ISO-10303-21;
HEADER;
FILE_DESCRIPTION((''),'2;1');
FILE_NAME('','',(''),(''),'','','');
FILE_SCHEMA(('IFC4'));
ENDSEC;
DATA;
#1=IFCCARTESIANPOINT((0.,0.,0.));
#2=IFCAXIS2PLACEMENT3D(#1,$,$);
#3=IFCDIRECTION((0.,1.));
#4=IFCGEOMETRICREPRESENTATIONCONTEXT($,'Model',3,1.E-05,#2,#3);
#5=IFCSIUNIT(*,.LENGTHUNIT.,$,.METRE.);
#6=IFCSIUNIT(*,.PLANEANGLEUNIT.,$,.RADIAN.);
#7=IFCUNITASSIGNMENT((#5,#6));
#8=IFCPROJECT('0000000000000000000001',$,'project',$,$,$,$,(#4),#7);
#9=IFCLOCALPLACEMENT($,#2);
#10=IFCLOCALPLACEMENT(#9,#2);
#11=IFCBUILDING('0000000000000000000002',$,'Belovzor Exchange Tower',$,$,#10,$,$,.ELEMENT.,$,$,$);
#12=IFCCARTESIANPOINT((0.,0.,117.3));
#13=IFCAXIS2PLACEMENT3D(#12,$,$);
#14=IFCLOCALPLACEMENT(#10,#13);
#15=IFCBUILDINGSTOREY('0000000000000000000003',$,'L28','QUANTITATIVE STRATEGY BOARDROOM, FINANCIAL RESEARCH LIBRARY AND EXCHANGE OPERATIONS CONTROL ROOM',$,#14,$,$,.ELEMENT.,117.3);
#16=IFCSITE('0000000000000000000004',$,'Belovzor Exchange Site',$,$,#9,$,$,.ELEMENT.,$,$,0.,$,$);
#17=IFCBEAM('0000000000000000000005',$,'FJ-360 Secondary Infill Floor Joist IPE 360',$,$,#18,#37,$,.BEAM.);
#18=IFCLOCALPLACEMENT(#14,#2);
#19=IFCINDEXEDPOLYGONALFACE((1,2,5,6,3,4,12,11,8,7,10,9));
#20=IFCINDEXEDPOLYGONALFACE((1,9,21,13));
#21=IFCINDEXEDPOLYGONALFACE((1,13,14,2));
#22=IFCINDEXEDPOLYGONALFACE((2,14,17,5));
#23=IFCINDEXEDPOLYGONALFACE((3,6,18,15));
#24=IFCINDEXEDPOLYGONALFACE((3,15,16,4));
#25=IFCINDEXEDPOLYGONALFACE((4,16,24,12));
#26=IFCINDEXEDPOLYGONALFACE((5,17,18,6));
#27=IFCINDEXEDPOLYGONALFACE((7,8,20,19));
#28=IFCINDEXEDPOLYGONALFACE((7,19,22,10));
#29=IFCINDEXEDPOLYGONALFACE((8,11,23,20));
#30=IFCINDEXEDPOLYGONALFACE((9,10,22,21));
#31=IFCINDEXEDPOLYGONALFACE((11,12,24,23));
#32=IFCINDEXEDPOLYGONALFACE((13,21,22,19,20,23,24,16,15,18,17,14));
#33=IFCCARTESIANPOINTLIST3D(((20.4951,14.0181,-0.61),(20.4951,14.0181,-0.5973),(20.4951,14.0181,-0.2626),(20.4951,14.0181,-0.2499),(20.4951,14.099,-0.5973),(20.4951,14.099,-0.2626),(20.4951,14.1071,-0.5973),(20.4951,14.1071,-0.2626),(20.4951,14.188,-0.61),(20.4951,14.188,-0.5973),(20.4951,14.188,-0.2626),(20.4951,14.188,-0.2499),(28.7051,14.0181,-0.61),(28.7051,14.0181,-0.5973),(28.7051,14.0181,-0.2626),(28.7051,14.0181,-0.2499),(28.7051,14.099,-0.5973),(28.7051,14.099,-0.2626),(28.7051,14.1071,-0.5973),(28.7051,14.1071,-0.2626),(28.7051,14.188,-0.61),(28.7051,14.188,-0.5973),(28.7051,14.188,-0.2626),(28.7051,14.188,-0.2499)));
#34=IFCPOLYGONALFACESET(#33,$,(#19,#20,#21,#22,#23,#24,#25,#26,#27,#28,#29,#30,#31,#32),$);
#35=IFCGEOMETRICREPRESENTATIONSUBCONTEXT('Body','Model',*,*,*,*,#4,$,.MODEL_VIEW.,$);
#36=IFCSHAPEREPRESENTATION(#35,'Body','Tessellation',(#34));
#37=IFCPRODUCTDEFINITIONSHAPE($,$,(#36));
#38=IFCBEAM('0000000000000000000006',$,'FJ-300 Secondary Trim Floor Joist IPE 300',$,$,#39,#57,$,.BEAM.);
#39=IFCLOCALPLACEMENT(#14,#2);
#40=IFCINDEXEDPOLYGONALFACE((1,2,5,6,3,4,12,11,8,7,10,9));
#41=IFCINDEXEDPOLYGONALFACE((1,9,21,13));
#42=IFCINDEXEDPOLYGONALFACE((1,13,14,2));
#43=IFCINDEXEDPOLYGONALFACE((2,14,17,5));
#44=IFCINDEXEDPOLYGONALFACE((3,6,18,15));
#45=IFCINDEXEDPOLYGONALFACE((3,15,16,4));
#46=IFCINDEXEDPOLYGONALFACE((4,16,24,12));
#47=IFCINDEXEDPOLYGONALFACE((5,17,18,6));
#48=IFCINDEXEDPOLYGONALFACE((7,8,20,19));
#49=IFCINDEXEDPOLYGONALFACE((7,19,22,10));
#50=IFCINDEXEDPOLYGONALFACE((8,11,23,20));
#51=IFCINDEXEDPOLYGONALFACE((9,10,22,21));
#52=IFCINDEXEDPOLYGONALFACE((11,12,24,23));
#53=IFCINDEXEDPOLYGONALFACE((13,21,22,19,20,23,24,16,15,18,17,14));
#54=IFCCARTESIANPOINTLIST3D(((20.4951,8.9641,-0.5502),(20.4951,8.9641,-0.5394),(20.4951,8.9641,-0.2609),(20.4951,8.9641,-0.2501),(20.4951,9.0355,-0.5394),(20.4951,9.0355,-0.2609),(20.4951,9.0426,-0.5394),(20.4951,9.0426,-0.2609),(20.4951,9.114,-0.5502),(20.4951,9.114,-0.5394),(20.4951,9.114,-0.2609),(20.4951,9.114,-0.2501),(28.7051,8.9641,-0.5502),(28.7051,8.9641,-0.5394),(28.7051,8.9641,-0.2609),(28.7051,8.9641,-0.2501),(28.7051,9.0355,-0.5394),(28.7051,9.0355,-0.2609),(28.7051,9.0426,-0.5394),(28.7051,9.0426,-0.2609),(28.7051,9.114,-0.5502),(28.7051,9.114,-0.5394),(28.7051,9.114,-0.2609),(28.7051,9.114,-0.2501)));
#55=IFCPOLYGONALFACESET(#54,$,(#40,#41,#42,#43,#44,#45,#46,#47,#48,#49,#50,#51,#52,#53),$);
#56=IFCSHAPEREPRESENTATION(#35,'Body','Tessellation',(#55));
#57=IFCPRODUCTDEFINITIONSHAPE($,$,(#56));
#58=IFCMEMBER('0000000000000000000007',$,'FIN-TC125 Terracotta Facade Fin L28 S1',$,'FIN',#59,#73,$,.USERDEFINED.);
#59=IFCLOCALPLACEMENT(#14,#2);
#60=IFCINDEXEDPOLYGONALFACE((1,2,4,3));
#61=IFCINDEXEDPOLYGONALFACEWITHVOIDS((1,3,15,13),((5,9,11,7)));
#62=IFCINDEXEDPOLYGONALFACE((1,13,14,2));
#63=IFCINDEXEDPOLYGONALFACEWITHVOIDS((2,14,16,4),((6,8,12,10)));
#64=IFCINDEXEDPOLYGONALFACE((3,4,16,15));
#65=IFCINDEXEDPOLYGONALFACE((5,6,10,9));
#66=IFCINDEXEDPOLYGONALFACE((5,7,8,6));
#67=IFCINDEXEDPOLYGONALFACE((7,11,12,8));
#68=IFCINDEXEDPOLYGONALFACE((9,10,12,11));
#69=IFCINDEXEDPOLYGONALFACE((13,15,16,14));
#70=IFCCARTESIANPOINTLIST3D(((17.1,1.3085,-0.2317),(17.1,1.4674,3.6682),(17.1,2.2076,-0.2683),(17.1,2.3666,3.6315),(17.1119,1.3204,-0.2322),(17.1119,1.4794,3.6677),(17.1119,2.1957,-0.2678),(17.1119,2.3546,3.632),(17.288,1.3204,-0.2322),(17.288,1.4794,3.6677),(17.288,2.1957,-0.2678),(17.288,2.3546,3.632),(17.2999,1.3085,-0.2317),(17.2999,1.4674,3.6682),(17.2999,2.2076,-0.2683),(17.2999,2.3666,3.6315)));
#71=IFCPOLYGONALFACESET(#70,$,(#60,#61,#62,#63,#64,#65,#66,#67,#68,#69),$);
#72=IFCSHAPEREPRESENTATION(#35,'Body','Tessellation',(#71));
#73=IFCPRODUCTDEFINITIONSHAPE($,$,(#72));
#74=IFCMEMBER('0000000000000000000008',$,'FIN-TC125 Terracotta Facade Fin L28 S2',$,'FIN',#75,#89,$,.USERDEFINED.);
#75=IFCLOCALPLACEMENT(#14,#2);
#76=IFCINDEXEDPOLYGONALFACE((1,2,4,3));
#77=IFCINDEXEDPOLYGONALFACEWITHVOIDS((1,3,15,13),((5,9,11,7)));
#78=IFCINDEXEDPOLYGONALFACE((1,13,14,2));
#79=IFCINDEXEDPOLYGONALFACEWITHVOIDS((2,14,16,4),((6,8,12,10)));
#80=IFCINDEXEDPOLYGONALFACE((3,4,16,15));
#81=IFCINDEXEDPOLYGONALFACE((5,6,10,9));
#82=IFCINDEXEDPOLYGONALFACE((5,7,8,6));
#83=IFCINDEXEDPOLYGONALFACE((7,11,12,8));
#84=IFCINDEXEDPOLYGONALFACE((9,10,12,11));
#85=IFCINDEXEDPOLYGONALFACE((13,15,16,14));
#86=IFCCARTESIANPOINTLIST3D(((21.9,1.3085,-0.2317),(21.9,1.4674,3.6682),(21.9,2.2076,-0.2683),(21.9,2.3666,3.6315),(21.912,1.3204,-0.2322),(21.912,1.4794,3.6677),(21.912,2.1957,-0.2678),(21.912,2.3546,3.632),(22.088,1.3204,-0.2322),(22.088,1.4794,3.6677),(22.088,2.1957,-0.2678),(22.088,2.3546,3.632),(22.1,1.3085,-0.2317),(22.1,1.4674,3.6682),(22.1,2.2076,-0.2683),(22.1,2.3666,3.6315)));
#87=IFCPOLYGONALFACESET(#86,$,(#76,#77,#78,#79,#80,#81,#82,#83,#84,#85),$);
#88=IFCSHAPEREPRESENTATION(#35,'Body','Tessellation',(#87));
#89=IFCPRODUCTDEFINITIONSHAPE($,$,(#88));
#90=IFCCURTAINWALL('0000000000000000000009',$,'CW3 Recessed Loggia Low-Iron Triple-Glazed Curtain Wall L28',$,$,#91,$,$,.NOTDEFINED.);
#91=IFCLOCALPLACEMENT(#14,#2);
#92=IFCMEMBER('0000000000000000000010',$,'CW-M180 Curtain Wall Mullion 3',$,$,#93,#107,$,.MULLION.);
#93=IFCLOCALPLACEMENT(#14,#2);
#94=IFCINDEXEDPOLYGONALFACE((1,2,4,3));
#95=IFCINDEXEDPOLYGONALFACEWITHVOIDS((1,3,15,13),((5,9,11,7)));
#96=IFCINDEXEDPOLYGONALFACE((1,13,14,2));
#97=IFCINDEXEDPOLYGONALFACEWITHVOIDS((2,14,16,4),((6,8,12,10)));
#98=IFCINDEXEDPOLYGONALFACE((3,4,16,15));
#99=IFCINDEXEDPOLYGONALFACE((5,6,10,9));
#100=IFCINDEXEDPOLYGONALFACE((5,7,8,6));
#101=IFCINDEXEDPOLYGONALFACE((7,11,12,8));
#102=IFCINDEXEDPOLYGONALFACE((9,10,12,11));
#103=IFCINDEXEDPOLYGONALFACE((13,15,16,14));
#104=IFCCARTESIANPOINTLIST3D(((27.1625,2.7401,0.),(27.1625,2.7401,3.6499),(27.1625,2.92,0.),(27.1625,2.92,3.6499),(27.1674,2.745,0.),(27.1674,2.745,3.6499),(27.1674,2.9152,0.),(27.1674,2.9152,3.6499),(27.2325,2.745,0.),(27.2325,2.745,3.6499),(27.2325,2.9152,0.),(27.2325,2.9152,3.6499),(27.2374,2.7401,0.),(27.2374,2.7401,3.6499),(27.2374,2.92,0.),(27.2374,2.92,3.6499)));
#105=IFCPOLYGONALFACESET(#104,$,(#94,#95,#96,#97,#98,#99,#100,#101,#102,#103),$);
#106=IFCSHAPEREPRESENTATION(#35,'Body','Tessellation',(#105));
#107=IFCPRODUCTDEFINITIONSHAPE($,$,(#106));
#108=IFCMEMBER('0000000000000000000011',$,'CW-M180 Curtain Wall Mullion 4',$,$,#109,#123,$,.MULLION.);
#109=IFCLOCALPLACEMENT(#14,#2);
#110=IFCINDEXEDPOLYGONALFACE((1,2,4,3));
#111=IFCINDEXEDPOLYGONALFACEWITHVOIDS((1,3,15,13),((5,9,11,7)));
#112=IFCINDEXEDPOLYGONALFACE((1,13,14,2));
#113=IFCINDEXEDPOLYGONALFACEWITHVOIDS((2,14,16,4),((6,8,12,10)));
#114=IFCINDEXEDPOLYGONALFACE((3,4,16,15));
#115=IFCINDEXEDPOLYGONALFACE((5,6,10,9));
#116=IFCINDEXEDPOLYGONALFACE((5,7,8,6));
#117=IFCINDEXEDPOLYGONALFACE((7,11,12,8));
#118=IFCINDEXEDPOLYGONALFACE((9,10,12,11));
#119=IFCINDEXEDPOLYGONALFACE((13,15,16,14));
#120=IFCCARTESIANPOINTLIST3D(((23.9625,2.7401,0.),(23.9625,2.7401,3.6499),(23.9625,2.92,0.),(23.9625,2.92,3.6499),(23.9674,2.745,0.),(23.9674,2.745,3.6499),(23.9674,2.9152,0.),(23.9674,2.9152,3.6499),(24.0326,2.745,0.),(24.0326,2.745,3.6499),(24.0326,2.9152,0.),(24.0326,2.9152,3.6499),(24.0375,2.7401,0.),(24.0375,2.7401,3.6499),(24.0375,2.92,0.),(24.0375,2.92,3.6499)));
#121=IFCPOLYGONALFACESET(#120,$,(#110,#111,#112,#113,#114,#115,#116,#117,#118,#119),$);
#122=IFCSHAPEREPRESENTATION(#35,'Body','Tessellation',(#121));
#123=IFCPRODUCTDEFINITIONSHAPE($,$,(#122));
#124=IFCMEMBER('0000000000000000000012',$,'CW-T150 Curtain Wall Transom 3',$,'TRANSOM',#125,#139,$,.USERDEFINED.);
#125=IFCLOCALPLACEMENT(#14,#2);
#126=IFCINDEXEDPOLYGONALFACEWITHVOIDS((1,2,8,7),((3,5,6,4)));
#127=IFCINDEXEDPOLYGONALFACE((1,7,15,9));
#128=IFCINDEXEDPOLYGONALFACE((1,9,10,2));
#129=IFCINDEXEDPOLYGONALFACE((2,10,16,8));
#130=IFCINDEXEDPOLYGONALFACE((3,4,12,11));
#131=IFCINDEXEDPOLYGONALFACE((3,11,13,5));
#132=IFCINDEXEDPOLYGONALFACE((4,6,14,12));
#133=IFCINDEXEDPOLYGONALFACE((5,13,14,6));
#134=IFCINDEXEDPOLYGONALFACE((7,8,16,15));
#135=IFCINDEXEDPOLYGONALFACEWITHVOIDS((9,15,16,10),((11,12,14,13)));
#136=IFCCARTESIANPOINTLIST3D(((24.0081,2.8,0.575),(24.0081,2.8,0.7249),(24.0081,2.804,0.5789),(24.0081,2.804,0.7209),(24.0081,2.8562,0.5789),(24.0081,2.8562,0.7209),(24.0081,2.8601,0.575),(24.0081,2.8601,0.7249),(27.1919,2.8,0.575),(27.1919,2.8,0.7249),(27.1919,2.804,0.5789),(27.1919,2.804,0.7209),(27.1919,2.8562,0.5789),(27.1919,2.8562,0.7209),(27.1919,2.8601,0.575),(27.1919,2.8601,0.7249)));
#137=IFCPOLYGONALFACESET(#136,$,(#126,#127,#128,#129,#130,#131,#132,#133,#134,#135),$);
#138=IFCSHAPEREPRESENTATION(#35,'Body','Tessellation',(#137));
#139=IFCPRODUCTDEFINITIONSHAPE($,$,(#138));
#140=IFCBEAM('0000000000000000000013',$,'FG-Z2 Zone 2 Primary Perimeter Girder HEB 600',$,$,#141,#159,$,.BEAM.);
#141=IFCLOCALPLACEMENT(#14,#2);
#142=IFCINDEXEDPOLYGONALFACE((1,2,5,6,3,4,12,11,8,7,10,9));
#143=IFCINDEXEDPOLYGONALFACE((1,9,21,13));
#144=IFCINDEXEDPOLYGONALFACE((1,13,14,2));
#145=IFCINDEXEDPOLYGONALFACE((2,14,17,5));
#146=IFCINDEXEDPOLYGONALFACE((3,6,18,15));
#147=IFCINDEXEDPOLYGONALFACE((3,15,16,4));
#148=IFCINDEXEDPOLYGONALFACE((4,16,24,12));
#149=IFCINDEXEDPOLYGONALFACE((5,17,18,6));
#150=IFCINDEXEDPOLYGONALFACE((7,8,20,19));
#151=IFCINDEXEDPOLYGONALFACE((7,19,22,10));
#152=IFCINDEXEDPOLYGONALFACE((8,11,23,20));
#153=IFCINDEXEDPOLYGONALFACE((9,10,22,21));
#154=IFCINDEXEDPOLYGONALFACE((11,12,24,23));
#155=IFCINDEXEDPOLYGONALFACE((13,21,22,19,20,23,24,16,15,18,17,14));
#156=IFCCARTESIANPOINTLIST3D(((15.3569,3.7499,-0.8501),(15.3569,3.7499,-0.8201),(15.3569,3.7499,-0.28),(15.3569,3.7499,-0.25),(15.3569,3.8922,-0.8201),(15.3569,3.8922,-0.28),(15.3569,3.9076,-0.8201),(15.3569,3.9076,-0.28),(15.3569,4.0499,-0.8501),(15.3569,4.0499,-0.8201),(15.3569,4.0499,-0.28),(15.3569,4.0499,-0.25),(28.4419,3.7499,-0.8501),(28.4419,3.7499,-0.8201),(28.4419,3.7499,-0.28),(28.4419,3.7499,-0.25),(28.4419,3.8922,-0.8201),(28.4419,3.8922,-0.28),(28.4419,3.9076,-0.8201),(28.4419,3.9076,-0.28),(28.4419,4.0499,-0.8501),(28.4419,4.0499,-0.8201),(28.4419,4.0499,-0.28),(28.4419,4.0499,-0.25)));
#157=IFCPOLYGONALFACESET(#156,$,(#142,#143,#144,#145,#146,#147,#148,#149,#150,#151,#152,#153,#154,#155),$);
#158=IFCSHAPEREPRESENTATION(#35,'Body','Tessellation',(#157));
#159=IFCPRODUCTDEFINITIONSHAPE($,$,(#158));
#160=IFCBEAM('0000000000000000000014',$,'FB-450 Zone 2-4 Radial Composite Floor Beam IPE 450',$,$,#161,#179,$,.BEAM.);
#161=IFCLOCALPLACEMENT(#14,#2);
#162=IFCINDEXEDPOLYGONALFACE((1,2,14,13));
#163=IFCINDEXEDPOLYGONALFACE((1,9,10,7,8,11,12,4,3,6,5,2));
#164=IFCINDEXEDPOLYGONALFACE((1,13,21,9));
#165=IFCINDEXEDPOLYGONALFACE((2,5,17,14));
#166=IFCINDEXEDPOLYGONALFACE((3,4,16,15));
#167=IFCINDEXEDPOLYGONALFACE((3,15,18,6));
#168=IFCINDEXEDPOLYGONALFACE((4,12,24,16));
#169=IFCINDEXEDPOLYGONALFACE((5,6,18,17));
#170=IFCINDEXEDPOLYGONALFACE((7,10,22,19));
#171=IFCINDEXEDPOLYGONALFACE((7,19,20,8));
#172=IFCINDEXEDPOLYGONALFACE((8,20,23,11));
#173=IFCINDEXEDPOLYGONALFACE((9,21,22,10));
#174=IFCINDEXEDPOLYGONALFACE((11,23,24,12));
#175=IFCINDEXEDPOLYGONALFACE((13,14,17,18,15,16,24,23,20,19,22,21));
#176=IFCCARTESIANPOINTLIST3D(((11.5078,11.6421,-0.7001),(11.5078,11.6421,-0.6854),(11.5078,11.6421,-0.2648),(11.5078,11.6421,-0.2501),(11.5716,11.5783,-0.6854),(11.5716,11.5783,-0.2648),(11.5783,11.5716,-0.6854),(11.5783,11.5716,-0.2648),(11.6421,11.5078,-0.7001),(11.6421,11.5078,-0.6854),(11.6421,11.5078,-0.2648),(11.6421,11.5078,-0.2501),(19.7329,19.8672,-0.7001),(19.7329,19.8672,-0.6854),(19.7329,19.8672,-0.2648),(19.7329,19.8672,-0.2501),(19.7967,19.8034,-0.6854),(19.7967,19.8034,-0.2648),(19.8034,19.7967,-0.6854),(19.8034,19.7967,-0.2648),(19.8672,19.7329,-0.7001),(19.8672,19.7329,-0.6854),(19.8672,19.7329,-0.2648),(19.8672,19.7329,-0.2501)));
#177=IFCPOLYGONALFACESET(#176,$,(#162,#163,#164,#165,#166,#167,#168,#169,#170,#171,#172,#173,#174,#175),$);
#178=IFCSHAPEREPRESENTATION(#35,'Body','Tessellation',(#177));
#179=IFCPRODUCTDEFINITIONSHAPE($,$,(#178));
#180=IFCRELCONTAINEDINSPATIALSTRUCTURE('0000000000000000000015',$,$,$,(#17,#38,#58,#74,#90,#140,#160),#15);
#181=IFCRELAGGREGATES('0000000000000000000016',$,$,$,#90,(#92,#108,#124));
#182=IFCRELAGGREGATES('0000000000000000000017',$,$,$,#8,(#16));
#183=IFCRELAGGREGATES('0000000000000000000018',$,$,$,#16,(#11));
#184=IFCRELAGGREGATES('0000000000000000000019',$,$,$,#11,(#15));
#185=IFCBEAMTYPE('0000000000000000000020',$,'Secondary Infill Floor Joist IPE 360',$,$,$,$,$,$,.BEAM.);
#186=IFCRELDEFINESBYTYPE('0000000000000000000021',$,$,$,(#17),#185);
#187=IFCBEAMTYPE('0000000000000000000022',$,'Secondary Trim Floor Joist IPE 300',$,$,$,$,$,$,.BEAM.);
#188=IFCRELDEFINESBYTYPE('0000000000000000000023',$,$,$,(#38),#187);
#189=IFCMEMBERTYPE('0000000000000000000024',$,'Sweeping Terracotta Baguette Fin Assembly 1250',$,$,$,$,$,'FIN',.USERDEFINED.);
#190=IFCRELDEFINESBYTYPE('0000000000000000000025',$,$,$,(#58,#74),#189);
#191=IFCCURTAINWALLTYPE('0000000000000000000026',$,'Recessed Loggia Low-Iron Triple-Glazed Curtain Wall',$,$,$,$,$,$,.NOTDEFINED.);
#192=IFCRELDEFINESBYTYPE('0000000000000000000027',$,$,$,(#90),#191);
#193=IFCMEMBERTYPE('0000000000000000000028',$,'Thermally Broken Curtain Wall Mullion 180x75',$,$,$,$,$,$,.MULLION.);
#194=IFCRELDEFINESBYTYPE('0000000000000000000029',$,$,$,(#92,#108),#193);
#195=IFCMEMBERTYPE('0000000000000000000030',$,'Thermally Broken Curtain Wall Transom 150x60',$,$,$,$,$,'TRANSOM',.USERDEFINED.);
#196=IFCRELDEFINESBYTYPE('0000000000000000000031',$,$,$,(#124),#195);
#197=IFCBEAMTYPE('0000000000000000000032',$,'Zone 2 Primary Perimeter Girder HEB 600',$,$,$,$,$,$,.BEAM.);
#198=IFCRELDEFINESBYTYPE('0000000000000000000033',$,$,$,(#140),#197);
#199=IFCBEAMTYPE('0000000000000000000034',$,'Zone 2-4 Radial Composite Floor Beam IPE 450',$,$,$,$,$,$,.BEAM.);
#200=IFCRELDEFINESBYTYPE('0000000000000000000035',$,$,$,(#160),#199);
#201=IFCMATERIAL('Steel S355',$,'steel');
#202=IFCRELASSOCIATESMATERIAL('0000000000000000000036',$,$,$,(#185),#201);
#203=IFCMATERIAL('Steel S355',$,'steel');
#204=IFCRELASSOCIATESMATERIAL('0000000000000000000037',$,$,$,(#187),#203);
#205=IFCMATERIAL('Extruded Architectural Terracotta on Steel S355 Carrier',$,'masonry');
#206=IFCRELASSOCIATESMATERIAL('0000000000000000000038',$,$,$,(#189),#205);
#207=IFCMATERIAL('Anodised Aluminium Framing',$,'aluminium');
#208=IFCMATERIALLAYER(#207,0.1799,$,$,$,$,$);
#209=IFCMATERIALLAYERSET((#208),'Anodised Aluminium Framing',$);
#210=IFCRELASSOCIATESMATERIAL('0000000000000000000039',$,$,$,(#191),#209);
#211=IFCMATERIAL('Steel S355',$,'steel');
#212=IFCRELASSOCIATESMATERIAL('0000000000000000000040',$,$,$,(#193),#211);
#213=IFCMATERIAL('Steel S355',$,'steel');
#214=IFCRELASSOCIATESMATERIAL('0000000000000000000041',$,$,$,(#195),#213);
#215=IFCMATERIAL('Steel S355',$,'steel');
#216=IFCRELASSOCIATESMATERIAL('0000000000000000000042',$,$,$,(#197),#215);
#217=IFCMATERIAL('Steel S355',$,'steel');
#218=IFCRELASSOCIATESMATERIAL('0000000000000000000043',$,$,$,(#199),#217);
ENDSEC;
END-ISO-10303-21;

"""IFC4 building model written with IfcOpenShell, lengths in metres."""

from ifc_helpers import new_model, si_unit, direction, frame, origin, origin_2d, place, context, subcontext, project, spatial, hollow_rectangle, i_section, extrude, material, layer, layer_set, material_profile, profile_set, type_object, element, aggregate, save


model = new_model("IFC4")

# Units and contexts
model_context = context("Model", 3, precision=1e-05, world=origin(), true_north=direction((0.0, 1.0)))
body_context = subcontext(model_context, "Body", "Model", "MODEL_VIEW")
ifc_project = project(units=[si_unit("LENGTHUNIT", "METRE"), si_unit("PLANEANGLEUNIT", "RADIAN")], contexts=[model_context])

# Site, building, storey
site_placement = place(None, origin())
site = spatial("IfcSite", under=ifc_project, at=site_placement, Name="Belovzor Exchange Site", CompositionType="ELEMENT", RefElevation=0.0)
building_placement = place(site_placement, origin())
building = spatial("IfcBuilding", under=site, at=building_placement, Name="Belovzor Exchange Tower", CompositionType="ELEMENT")
storey_placement = place(building_placement, frame((0.0, 0.0, 117.3)))
storey = spatial("IfcBuildingStorey", under=building, at=storey_placement, Name="L28", Description="QUANTITATIVE STRATEGY BOARDROOM, FINANCIAL RESEARCH LIBRARY AND EXCHANGE OPERATIONS CONTROL ROOM", CompositionType="ELEMENT", Elevation=117.3)

# Beams
ifc_material_1 = material(Name="Steel S355", Category="steel")
ifc_material_profile_1 = material_profile(ifc_material_1, i_section(OverallWidth=0.1699, OverallDepth=0.3601, WebThickness=0.0081, FlangeThickness=0.0127, at=origin_2d()))
ifc_profile_set_1 = profile_set([ifc_material_profile_1], Name="Steel S355")
beam_type_1 = type_object("IfcBeamType", Name="Secondary Infill Floor Joist IPE 360", PredefinedType="BEAM", material=ifc_profile_set_1)
beam_1_placement = place(storey_placement, frame((20.4951, 14.103, -0.4299), z_axis=(1.0, 0.0, 0.0), x_axis=(0.0, 1.0, 0.0)))
element("IfcBeam", 1, at=beam_1_placement, inside=storey, type_object=beam_type_1, Name="FJ-360 Secondary Infill Floor Joist IPE 360", PredefinedType="BEAM", context=body_context, shape_type="SweptSolid", body=[
    extrude(i_section(OverallWidth=0.1699, OverallDepth=0.3601, WebThickness=0.0081, FlangeThickness=0.0127, at=origin_2d()), origin(), (0.0, 0.0, 1.0), 8.21),
])
ifc_material_2 = material(Name="Steel S355", Category="steel")
ifc_material_profile_2 = material_profile(ifc_material_2, i_section(OverallWidth=0.1499, OverallDepth=0.3, WebThickness=0.0071, FlangeThickness=0.0107, at=origin_2d()))
ifc_profile_set_2 = profile_set([ifc_material_profile_2], Name="Steel S355")
beam_type_2 = type_object("IfcBeamType", Name="Secondary Trim Floor Joist IPE 300", PredefinedType="BEAM", material=ifc_profile_set_2)
beam_2_placement = place(storey_placement, frame((20.4951, 9.0391, -0.4001), z_axis=(1.0, 0.0, 0.0), x_axis=(0.0, 1.0, 0.0)))
element("IfcBeam", 2, at=beam_2_placement, inside=storey, type_object=beam_type_2, Name="FJ-300 Secondary Trim Floor Joist IPE 300", PredefinedType="BEAM", context=body_context, shape_type="SweptSolid", body=[
    extrude(i_section(OverallWidth=0.1499, OverallDepth=0.3, WebThickness=0.0071, FlangeThickness=0.0107, at=origin_2d()), origin(), (0.0, 0.0, 1.0), 8.21),
])

# Members
ifc_material_3 = material(Name="Extruded Architectural Terracotta on Steel S355 Carrier", Category="masonry")
ifc_material_profile_3 = material_profile(ifc_material_3, hollow_rectangle(XDim=0.2, YDim=0.8999, WallThickness=0.012, at=origin_2d()))
ifc_profile_set_3 = profile_set([ifc_material_profile_3], Name="Extruded Architectural Terracotta on Steel S355 Carrier")
member_type_1 = type_object("IfcMemberType", Name="Sweeping Terracotta Baguette Fin Assembly 1250", ElementType="FIN", PredefinedType="USERDEFINED", material=ifc_profile_set_3)
for number, where, z_axis, x_axis, name in (
    (3, (17.2, 1.7581, -0.25), (0.0, 0.04072, 0.999171), (-1.0, 0.0, 0.0), "FIN-TC125 Terracotta Facade Fin L28 S1"),
    (4, (22.0, 1.7581, -0.25), (0.0, 0.04072, 0.999171), (-1.0, 0.0, 0.0), "FIN-TC125 Terracotta Facade Fin L28 S2"),
):
    element("IfcMember", number, at=place(storey_placement, frame(where, z_axis=z_axis, x_axis=x_axis)), inside=storey, type_object=member_type_1, Name=name, ObjectType="FIN", PredefinedType="USERDEFINED", context=body_context, shape_type="SweptSolid", body=[
        extrude(hollow_rectangle(XDim=0.2, YDim=0.8999, WallThickness=0.012, at=origin_2d()), origin(), (0.0, 0.0, 1.0), 3.9031),
    ])

# Curtain wall, members
ifc_material_4 = material(Name="Anodised Aluminium Framing", Category="aluminium")
ifc_layer_1 = layer(ifc_material_4, 0.1799)
ifc_layer_set_1 = layer_set([ifc_layer_1], Name="Anodised Aluminium Framing")
curtain_wall_type = type_object("IfcCurtainWallType", Name="Recessed Loggia Low-Iron Triple-Glazed Curtain Wall", PredefinedType="NOTDEFINED", material=ifc_layer_set_1)
curtain_wall_placement = place(storey_placement, origin())
curtain_wall = element("IfcCurtainWall", 5, at=curtain_wall_placement, inside=storey, type_object=curtain_wall_type, Name="CW3 Recessed Loggia Low-Iron Triple-Glazed Curtain Wall L28", PredefinedType="NOTDEFINED")
ifc_material_5 = material(Name="Steel S355", Category="steel")
ifc_material_profile_4 = material_profile(ifc_material_5, hollow_rectangle(XDim=0.075, YDim=0.1799, WallThickness=0.0049, at=origin_2d()))
ifc_profile_set_4 = profile_set([ifc_material_profile_4], Name="Steel S355")
member_type_2 = type_object("IfcMemberType", Name="Thermally Broken Curtain Wall Mullion 180x75", PredefinedType="MULLION", material=ifc_profile_set_4)
member_1_placement = place(storey_placement, frame((27.2, 2.8301, 0.0), z_axis=(0.0, 0.0, 1.0), x_axis=(-1.0, 0.0, 0.0)))
member_1 = element("IfcMember", 6, at=member_1_placement, type_object=member_type_2, Name="CW-M180 Curtain Wall Mullion 3", PredefinedType="MULLION", context=body_context, shape_type="SweptSolid", body=[
    extrude(hollow_rectangle(XDim=0.075, YDim=0.1799, WallThickness=0.0049, at=origin_2d()), origin(), (0.0, 0.0, 1.0), 3.6499),
])
member_2_placement = place(storey_placement, frame((24.0, 2.8301, 0.0), z_axis=(0.0, 0.0, 1.0), x_axis=(-1.0, 0.0, 0.0)))
member_2 = element("IfcMember", 7, at=member_2_placement, type_object=member_type_2, Name="CW-M180 Curtain Wall Mullion 4", PredefinedType="MULLION", context=body_context, shape_type="SweptSolid", body=[
    extrude(hollow_rectangle(XDim=0.075, YDim=0.1799, WallThickness=0.0049, at=origin_2d()), origin(), (0.0, 0.0, 1.0), 3.6499),
])
ifc_material_6 = material(Name="Steel S355", Category="steel")
ifc_material_profile_5 = material_profile(ifc_material_6, hollow_rectangle(XDim=0.0601, YDim=0.1499, WallThickness=0.0039, at=origin_2d()))
ifc_profile_set_5 = profile_set([ifc_material_profile_5], Name="Steel S355")
member_type_3 = type_object("IfcMemberType", Name="Thermally Broken Curtain Wall Transom 150x60", ElementType="TRANSOM", PredefinedType="USERDEFINED", material=ifc_profile_set_5)
member_3_placement = place(storey_placement, frame((27.1919, 2.8301, 0.6499), z_axis=(-1.0, 0.0, 0.0), x_axis=(0.0, -1.0, 0.0)))
member_3 = element("IfcMember", 8, at=member_3_placement, type_object=member_type_3, Name="CW-T150 Curtain Wall Transom 3", ObjectType="TRANSOM", PredefinedType="USERDEFINED", context=body_context, shape_type="SweptSolid", body=[
    extrude(hollow_rectangle(XDim=0.0601, YDim=0.1499, WallThickness=0.0039, at=origin_2d()), origin(), (0.0, 0.0, 1.0), 3.1838),
])

# Beams
ifc_material_7 = material(Name="Steel S355", Category="steel")
ifc_material_profile_6 = material_profile(ifc_material_7, i_section(OverallWidth=0.3, OverallDepth=0.6001, WebThickness=0.0154, FlangeThickness=0.03, at=origin_2d()))
ifc_profile_set_6 = profile_set([ifc_material_profile_6], Name="Steel S355")
beam_type_3 = type_object("IfcBeamType", Name="Zone 2 Primary Perimeter Girder HEB 600", PredefinedType="BEAM", material=ifc_profile_set_6)
beam_3_placement = place(storey_placement, frame((15.3569, 3.8999, -0.55), z_axis=(1.0, 0.0, 0.0), x_axis=(0.0, 1.0, 0.0)))
element("IfcBeam", 9, at=beam_3_placement, inside=storey, type_object=beam_type_3, Name="FG-Z2 Zone 2 Primary Perimeter Girder HEB 600", PredefinedType="BEAM", context=body_context, shape_type="SweptSolid", body=[
    extrude(i_section(OverallWidth=0.3, OverallDepth=0.6001, WebThickness=0.0154, FlangeThickness=0.03, at=origin_2d()), origin(), (0.0, 0.0, 1.0), 13.085),
])
ifc_material_8 = material(Name="Steel S355", Category="steel")
ifc_material_profile_7 = material_profile(ifc_material_8, i_section(OverallWidth=0.1899, OverallDepth=0.45, WebThickness=0.0095, FlangeThickness=0.0146, at=origin_2d()))
ifc_profile_set_7 = profile_set([ifc_material_profile_7], Name="Steel S355")
beam_type_4 = type_object("IfcBeamType", Name="Zone 2-4 Radial Composite Floor Beam IPE 450", PredefinedType="BEAM", material=ifc_profile_set_7)
beam_4_placement = place(storey_placement, frame((19.8, 19.8, -0.4751), z_axis=(-0.707107, -0.707107, 0.0), x_axis=(0.707107, -0.707107, 0.0)))
element("IfcBeam", 10, at=beam_4_placement, inside=storey, type_object=beam_type_4, Name="FB-450 Zone 2-4 Radial Composite Floor Beam IPE 450", PredefinedType="BEAM", context=body_context, shape_type="SweptSolid", body=[
    extrude(i_section(OverallWidth=0.1899, OverallDepth=0.45, WebThickness=0.0095, FlangeThickness=0.0146, at=origin_2d()), origin(), (0.0, 0.0, 1.0), 11.6321),
])

aggregate(curtain_wall, [member_1, member_2, member_3])

save(model, "model.ifc")
